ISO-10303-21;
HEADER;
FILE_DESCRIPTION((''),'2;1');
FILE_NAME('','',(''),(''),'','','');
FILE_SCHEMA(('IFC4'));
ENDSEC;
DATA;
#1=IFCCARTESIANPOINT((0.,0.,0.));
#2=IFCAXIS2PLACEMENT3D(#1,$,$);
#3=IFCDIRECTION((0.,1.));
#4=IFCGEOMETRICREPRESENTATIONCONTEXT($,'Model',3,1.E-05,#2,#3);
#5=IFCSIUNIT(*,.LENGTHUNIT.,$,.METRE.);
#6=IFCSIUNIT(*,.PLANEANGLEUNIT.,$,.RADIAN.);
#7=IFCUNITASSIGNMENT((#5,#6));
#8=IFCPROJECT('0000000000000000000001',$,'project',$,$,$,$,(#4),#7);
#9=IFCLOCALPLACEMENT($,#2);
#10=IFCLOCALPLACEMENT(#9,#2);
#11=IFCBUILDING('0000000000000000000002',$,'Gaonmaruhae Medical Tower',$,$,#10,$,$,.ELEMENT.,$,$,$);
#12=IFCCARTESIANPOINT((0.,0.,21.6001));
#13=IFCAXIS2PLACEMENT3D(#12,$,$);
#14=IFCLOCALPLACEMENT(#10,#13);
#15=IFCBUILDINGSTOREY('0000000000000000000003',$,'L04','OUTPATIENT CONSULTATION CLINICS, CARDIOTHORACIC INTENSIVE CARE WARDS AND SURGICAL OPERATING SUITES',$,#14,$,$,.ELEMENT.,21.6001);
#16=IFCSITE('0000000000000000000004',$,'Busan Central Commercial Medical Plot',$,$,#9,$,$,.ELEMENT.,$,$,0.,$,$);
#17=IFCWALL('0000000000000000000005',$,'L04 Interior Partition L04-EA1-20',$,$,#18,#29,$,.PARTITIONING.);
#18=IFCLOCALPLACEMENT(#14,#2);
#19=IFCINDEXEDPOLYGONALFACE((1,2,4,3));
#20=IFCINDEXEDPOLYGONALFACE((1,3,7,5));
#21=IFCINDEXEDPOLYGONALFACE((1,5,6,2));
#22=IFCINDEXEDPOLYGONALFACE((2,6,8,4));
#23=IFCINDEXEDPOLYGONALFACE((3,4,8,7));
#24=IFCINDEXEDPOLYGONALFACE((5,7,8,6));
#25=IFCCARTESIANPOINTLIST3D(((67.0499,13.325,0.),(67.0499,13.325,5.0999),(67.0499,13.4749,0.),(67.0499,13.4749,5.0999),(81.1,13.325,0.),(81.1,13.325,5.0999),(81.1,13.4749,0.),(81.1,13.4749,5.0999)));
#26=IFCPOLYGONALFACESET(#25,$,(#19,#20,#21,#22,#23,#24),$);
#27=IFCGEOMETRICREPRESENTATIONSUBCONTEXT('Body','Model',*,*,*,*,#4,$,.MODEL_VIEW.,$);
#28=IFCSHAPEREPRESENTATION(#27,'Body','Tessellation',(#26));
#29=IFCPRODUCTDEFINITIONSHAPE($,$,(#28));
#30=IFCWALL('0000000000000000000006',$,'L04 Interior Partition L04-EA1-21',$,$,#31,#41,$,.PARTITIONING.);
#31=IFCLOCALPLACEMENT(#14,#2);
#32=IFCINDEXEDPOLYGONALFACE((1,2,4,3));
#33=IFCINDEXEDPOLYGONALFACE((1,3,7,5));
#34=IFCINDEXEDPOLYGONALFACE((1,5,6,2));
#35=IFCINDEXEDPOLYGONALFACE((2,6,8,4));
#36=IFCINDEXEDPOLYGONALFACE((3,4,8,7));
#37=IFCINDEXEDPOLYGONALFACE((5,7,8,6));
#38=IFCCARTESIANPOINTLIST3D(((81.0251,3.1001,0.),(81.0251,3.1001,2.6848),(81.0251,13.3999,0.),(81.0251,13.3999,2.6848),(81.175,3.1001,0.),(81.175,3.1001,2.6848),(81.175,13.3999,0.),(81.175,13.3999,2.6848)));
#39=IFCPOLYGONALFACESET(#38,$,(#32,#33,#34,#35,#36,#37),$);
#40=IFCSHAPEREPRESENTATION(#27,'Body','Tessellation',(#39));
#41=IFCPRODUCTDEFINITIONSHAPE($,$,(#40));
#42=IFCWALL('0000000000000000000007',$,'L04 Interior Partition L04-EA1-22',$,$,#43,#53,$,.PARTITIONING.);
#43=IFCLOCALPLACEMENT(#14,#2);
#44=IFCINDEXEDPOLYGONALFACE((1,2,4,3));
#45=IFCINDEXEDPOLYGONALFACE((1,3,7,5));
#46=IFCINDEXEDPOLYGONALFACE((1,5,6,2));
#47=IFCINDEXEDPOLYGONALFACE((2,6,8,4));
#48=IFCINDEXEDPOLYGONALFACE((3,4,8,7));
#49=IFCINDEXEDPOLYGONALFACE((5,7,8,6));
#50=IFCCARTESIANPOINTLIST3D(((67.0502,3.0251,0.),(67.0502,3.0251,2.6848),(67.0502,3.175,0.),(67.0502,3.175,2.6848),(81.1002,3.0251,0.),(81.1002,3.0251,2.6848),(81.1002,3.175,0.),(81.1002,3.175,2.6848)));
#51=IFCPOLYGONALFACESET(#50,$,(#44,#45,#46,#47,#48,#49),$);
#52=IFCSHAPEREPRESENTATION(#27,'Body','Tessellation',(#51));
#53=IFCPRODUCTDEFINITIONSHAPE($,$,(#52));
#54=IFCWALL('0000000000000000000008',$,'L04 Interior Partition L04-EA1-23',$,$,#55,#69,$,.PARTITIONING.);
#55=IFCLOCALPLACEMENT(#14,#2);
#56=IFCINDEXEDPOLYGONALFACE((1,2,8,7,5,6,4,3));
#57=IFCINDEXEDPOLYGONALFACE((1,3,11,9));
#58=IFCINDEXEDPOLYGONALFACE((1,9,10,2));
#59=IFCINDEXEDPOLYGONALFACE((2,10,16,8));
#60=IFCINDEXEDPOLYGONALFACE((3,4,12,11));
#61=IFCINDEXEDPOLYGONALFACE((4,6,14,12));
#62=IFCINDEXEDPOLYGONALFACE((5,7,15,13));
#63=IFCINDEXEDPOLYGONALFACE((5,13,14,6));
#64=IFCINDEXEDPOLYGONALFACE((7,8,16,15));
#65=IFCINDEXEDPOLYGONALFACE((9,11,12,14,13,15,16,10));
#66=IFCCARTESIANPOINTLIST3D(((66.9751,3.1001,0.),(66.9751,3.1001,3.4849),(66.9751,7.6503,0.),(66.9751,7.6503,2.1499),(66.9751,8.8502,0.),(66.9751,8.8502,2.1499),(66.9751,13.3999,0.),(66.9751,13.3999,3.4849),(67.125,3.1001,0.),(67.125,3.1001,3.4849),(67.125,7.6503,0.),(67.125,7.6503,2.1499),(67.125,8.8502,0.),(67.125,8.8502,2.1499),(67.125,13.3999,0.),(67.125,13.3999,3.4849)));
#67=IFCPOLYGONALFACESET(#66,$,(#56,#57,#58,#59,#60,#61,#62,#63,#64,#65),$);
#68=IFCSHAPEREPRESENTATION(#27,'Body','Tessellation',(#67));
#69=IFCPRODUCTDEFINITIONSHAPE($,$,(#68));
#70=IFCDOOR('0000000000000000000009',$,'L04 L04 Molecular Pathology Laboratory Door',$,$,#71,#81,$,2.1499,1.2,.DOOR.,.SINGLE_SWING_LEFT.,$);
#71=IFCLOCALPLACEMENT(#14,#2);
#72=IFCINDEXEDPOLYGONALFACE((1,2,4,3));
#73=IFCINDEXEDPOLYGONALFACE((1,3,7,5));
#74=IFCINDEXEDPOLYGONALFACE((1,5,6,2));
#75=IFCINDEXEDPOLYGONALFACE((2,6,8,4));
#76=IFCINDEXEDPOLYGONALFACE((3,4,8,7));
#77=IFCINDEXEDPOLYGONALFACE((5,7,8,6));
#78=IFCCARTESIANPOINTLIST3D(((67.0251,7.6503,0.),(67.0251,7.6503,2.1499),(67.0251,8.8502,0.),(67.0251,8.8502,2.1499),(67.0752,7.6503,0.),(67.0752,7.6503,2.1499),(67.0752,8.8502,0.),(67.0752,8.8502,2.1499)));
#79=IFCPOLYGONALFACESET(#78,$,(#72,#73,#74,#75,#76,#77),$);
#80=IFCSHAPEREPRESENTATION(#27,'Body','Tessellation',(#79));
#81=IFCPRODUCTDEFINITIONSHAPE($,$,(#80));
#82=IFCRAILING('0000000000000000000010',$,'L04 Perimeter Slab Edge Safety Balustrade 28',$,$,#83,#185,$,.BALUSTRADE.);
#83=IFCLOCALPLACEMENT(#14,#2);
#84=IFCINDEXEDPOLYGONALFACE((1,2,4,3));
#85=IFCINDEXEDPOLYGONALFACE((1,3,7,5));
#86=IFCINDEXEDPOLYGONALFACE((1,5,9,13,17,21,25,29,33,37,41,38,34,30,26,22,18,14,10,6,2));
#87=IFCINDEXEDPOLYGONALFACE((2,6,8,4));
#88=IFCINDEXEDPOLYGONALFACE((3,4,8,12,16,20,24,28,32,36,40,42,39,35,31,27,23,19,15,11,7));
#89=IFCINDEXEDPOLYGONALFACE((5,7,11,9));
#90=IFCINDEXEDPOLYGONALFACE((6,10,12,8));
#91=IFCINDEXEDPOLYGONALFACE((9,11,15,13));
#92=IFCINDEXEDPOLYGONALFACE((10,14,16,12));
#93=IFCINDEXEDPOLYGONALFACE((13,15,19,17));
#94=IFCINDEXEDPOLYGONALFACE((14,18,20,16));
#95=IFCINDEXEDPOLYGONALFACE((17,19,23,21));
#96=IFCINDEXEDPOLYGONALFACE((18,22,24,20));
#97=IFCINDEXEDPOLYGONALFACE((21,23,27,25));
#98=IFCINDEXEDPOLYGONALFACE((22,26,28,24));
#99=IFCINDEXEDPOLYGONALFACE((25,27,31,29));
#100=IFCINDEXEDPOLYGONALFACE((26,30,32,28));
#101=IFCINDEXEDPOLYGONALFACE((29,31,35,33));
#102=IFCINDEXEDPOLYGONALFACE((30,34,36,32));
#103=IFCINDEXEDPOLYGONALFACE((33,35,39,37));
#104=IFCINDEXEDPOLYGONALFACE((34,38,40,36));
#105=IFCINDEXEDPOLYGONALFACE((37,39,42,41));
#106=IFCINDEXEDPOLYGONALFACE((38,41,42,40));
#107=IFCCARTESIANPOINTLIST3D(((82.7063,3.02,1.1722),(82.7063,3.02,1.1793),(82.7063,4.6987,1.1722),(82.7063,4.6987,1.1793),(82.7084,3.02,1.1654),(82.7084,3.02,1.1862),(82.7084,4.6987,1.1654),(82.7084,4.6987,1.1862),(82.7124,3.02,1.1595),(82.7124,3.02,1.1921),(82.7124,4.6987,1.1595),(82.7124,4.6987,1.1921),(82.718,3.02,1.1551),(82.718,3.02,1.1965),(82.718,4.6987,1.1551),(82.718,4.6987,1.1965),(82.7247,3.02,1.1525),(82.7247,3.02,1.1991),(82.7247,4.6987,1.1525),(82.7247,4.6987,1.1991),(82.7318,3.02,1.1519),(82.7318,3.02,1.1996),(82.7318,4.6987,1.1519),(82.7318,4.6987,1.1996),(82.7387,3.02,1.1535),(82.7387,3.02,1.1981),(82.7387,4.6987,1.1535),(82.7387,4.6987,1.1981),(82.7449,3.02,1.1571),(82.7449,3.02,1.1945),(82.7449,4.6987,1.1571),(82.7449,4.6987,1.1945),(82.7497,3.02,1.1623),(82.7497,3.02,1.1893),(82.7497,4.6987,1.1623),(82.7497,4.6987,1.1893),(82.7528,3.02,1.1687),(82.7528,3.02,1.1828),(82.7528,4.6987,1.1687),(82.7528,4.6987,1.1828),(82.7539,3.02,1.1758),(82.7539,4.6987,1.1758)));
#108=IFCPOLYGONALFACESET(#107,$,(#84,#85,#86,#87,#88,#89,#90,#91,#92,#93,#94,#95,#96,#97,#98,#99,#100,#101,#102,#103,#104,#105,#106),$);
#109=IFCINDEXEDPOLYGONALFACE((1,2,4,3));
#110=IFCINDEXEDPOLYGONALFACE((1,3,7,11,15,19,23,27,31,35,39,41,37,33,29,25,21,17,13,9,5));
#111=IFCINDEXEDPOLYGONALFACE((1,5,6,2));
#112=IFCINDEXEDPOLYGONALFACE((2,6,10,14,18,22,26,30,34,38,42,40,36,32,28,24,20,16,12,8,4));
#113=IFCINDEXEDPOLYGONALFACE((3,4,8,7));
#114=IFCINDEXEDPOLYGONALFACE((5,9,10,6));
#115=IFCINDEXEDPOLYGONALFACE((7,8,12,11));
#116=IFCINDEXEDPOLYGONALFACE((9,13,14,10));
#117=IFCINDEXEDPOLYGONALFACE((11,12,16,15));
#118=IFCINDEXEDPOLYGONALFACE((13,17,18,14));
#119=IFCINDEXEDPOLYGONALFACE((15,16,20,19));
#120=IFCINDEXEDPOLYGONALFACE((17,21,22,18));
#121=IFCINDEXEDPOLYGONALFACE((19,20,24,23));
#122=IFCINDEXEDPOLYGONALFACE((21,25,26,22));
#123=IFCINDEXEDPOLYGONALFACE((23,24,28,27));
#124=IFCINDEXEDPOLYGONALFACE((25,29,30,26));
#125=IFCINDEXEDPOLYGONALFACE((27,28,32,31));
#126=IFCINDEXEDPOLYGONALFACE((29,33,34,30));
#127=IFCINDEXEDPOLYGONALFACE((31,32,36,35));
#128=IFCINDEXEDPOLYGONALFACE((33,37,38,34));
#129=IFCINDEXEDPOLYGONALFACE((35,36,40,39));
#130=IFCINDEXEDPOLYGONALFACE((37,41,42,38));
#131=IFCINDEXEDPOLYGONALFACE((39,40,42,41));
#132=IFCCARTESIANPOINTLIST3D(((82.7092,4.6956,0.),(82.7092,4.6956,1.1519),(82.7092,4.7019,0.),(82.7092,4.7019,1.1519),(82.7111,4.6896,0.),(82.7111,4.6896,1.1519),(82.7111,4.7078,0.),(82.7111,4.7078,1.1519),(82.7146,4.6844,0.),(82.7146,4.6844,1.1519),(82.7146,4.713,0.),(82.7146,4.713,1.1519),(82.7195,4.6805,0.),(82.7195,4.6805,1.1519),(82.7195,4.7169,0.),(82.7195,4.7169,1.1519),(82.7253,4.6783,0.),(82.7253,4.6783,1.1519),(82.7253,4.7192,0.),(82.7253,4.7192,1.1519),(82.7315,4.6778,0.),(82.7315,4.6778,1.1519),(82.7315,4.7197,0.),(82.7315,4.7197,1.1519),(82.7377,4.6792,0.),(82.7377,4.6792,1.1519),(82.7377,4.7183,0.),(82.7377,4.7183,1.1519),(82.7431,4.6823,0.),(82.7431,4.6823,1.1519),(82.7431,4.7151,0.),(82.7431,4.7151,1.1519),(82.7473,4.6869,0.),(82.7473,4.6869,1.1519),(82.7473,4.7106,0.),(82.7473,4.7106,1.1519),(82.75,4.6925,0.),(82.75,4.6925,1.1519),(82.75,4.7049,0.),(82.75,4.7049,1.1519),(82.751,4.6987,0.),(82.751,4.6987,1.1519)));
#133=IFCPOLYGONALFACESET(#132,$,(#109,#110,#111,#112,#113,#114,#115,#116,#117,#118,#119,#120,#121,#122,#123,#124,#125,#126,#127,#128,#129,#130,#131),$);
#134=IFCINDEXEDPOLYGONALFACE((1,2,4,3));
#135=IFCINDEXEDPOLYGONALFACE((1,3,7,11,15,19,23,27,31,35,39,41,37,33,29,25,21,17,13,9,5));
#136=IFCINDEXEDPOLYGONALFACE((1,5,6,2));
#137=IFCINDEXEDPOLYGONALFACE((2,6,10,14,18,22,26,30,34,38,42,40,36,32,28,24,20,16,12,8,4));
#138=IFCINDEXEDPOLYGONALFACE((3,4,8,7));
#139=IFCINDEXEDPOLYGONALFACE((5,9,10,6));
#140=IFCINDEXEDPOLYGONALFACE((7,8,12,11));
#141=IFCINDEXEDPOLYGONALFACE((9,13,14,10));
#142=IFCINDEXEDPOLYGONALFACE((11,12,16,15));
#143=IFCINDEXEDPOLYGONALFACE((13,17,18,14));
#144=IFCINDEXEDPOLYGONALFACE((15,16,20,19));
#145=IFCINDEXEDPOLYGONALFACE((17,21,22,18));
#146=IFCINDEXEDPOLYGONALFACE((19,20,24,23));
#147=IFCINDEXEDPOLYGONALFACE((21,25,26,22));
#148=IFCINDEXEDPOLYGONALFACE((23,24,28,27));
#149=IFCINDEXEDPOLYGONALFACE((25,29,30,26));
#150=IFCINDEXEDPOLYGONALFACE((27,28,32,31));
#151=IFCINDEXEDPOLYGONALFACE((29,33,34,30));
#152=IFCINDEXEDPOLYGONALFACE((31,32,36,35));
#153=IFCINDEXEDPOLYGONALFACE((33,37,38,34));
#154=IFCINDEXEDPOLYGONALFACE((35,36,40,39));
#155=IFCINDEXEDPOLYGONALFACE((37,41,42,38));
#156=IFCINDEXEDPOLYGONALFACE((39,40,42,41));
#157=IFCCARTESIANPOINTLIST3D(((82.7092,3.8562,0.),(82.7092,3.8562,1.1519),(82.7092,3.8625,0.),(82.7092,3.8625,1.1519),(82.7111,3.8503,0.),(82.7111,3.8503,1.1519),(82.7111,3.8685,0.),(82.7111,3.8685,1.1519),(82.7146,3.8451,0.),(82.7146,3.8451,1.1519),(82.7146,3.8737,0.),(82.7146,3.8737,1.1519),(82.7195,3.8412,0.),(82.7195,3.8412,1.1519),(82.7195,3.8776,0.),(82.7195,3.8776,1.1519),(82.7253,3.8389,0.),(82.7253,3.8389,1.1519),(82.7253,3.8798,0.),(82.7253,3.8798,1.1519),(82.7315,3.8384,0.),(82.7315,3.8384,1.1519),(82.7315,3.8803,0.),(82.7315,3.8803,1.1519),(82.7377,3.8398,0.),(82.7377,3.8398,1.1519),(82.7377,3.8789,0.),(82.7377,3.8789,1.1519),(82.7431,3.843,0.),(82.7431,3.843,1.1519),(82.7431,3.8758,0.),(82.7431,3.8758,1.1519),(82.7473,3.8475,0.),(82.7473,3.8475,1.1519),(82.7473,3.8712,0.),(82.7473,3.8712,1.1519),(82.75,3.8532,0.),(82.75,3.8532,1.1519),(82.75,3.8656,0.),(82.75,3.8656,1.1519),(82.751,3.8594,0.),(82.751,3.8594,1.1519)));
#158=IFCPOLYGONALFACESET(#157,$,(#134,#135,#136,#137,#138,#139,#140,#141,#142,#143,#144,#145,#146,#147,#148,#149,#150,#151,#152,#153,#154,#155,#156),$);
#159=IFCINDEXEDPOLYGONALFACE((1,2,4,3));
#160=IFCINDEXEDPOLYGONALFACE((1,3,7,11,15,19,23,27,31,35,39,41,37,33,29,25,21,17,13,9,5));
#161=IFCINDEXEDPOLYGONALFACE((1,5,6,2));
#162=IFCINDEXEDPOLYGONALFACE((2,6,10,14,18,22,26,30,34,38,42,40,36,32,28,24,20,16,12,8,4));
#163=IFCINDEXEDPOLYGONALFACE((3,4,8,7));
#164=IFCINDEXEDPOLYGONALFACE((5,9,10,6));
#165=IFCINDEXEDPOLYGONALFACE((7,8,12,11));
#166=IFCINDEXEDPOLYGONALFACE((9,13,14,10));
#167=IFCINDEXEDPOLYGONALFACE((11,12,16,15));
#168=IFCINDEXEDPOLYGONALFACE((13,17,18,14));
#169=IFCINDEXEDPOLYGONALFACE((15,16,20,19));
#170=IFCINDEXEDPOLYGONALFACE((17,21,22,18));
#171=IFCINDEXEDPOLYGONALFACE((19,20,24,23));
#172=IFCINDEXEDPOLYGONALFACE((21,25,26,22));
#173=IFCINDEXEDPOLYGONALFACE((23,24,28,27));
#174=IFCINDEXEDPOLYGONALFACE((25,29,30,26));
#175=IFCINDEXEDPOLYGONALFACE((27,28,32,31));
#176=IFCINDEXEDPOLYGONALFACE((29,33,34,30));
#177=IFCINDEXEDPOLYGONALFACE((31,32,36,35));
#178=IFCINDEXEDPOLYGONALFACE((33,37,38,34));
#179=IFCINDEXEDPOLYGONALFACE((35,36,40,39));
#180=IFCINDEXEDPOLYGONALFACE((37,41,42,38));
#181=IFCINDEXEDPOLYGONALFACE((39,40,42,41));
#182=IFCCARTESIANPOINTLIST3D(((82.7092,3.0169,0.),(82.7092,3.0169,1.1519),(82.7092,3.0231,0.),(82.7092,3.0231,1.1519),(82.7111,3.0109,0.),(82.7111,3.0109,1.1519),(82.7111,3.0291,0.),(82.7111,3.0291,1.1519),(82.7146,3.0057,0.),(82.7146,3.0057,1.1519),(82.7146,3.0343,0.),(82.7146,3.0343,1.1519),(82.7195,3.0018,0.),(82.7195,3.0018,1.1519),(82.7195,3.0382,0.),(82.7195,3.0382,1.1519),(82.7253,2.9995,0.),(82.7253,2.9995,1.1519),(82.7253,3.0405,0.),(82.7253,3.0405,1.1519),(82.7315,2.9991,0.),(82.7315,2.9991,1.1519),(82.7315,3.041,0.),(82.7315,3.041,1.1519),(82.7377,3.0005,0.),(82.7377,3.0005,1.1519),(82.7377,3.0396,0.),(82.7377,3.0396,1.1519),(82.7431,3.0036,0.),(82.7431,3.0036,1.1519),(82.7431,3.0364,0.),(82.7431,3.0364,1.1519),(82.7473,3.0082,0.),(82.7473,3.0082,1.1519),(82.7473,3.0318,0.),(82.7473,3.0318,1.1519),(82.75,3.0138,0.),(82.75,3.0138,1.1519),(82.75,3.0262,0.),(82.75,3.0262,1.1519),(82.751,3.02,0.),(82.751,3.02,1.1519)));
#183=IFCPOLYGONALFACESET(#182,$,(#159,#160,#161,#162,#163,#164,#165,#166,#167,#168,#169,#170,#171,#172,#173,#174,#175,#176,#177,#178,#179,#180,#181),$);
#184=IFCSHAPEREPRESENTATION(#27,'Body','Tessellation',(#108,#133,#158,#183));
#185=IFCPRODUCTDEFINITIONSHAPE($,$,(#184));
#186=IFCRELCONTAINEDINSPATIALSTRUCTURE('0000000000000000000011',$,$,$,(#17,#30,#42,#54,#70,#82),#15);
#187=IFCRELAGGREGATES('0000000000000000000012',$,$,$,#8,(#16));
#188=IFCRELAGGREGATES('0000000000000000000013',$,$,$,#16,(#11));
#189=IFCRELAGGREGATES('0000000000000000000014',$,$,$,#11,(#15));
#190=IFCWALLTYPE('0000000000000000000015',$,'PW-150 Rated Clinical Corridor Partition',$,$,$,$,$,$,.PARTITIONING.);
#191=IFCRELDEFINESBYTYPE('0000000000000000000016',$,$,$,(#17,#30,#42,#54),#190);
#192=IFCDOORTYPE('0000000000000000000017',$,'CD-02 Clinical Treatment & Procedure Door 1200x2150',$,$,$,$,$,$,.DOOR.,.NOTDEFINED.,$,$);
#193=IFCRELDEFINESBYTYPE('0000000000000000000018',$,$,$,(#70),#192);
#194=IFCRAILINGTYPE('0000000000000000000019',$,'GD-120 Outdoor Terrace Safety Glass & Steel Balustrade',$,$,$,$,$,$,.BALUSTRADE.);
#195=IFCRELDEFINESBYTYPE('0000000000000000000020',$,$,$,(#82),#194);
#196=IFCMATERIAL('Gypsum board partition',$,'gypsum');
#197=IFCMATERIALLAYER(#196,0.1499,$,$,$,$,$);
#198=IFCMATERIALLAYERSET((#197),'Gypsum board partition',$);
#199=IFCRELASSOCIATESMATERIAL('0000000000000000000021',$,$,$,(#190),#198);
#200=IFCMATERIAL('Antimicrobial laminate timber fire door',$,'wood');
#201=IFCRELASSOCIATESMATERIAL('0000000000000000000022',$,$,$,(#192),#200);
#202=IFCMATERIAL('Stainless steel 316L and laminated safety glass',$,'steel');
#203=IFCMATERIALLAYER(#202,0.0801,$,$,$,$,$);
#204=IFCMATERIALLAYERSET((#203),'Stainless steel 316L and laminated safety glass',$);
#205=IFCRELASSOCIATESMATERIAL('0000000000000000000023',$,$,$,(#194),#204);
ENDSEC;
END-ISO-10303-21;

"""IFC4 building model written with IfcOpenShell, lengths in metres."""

from ifc_helpers import new_model, si_unit, direction, frame, frame_2d, origin, origin_2d, place, context, subcontext, project, spatial, rectangle, circle, extrude, material, layer, layer_set, type_object, element, fill, save


model = new_model("IFC4")

# Units and contexts
model_context = context("Model", 3, precision=1e-05, world=origin(), true_north=direction((0.0, 1.0)))
body_context = subcontext(model_context, "Body", "Model", "MODEL_VIEW")
ifc_project = project(units=[si_unit("LENGTHUNIT", "METRE"), si_unit("PLANEANGLEUNIT", "RADIAN")], contexts=[model_context])

# Site, building, storey
site_placement = place(None, origin())
site = spatial("IfcSite", under=ifc_project, at=site_placement, Name="Busan Central Commercial Medical Plot", CompositionType="ELEMENT", RefElevation=0.0)
building_placement = place(site_placement, origin())
building = spatial("IfcBuilding", under=site, at=building_placement, Name="Gaonmaruhae Medical Tower", CompositionType="ELEMENT")
storey_placement = place(building_placement, frame((0.0, 0.0, 21.6001)))
storey = spatial("IfcBuildingStorey", under=building, at=storey_placement, Name="L04", Description="OUTPATIENT CONSULTATION CLINICS, CARDIOTHORACIC INTENSIVE CARE WARDS AND SURGICAL OPERATING SUITES", CompositionType="ELEMENT", Elevation=21.6001)

# Walls
ifc_material_1 = material(Name="Gypsum board partition", Category="gypsum")
ifc_layer_1 = layer(ifc_material_1, 0.1499)
ifc_layer_set_1 = layer_set([ifc_layer_1], Name="Gypsum board partition")
wall_type_1 = type_object("IfcWallType", Name="PW-150 Rated Clinical Corridor Partition", PredefinedType="PARTITIONING", material=ifc_layer_set_1)
wall_1_placement = place(storey_placement, frame((67.05, 13.3999, 0.0), z_axis=(0.0, 0.0, 1.0), x_axis=(1.0, 0.0, 0.0)))
element("IfcWall", 1, at=wall_1_placement, inside=storey, type_object=wall_type_1, Name="L04 Interior Partition L04-EA1-20", PredefinedType="PARTITIONING", context=body_context, shape_type="SweptSolid", body=[
    extrude(rectangle(XDim=14.05, YDim=0.1499, at=frame_2d((7.0249, 0.0))), origin(), (0.0, 0.0, 1.0), 5.0999),
])
wall_2_placement = place(storey_placement, frame((81.1001, 13.3999, 0.0), z_axis=(0.0, 0.0, 1.0), x_axis=(0.0, -1.0, 0.0)))
element("IfcWall", 2, at=wall_2_placement, inside=storey, type_object=wall_type_1, Name="L04 Interior Partition L04-EA1-21", PredefinedType="PARTITIONING", context=body_context, shape_type="SweptSolid", body=[
    extrude(rectangle(XDim=10.2998, YDim=0.1499, at=frame_2d((5.1499, 0.0))), origin(), (0.0, 0.0, 1.0), 2.6848),
])
wall_3_placement = place(storey_placement, frame((81.1001, 3.1001, 0.0), z_axis=(0.0, 0.0, 1.0), x_axis=(-1.0, 0.0, 0.0)))
element("IfcWall", 3, at=wall_3_placement, inside=storey, type_object=wall_type_1, Name="L04 Interior Partition L04-EA1-22", PredefinedType="PARTITIONING", context=body_context, shape_type="SweptSolid", body=[
    extrude(rectangle(XDim=14.05, YDim=0.1499, at=frame_2d((7.0249, 0.0))), origin(), (0.0, 0.0, 1.0), 2.6848),
])

# Wall, opening, door
wall_4_placement = place(storey_placement, frame((67.05, 3.1001, 0.0), z_axis=(0.0, 0.0, 1.0), x_axis=(0.0, 1.0, 0.0)))
wall_4 = element("IfcWall", 4, at=wall_4_placement, inside=storey, type_object=wall_type_1, Name="L04 Interior Partition L04-EA1-23", PredefinedType="PARTITIONING", context=body_context, shape_type="SweptSolid", body=[
    extrude(rectangle(XDim=10.2998, YDim=0.1499, at=frame_2d((5.1499, 0.0))), origin(), (0.0, 0.0, 1.0), 3.4849),
])
opening_1_placement = place(wall_4_placement, frame((4.55, 0.0, 0.0)))
opening_1 = element("IfcOpeningElement", 5, at=opening_1_placement, cuts=wall_4, PredefinedType="OPENING", context=body_context, shape_type="SweptSolid", body=[
    extrude(rectangle(XDim=1.2, YDim=2.1499, at=frame_2d((0.6001, 1.075))), frame((0.0, 0.085, 0.0), z_axis=(0.0, -1.0, 0.0), x_axis=(1.0, 0.0, 0.0)), (0.0, 0.0, 1.0), 0.1699),
])
ifc_material_2 = material(Name="Antimicrobial laminate timber fire door", Category="wood")
door_type = type_object("IfcDoorType", Name="CD-02 Clinical Treatment & Procedure Door 1200x2150", OperationType="NOTDEFINED", PredefinedType="DOOR", material=ifc_material_2)
door_1_placement = place(opening_1_placement, origin())
door_1 = element("IfcDoor", 6, at=door_1_placement, inside=storey, type_object=door_type, Name="L04 L04 Molecular Pathology Laboratory Door", OperationType="SINGLE_SWING_LEFT", OverallHeight=2.1499, OverallWidth=1.2, PredefinedType="DOOR", context=body_context, shape_type="SweptSolid", body=[
    extrude(rectangle(XDim=1.2, YDim=2.1499, at=frame_2d((0.6001, 1.075))), frame((0.0, 0.0249, 0.0), z_axis=(0.0, -1.0, 0.0), x_axis=(1.0, 0.0, 0.0)), (0.0, 0.0, 1.0), 0.05),
])
fill(opening_1, door_1)

# Railing
ifc_material_3 = material(Name="Stainless steel 316L and laminated safety glass", Category="steel")
ifc_layer_2 = layer(ifc_material_3, 0.0801)
ifc_layer_set_2 = layer_set([ifc_layer_2], Name="Stainless steel 316L and laminated safety glass")
railing_type = type_object("IfcRailingType", Name="GD-120 Outdoor Terrace Safety Glass & Steel Balustrade", PredefinedType="BALUSTRADE", material=ifc_layer_set_2)
railing_1_placement = place(storey_placement, frame((82.73, 4.6987, 0.0)))
element("IfcRailing", 7, at=railing_1_placement, inside=storey, type_object=railing_type, Name="L04 Perimeter Slab Edge Safety Balustrade 28", PredefinedType="BALUSTRADE", context=body_context, shape_type="SweptSolid", body=[
    extrude(circle(Radius=0.0239, at=origin_2d()), frame((0.0, 0.0, 1.1758), z_axis=(0.0, -1.0, 0.0), x_axis=(1.0, 0.0, 0.0)), (0.0, 0.0, 1.0), 1.6787),
    extrude(circle(Radius=0.021, at=origin_2d()), origin(), (0.0, 0.0, 1.0), 1.1519),
    extrude(circle(Radius=0.021, at=origin_2d()), frame((0.0, -0.8394, 0.0)), (0.0, 0.0, 1.0), 1.1519),
    extrude(circle(Radius=0.021, at=origin_2d()), frame((0.0, -1.6787, 0.0)), (0.0, 0.0, 1.0), 1.1519),
])

save(model, "model.ifc")
